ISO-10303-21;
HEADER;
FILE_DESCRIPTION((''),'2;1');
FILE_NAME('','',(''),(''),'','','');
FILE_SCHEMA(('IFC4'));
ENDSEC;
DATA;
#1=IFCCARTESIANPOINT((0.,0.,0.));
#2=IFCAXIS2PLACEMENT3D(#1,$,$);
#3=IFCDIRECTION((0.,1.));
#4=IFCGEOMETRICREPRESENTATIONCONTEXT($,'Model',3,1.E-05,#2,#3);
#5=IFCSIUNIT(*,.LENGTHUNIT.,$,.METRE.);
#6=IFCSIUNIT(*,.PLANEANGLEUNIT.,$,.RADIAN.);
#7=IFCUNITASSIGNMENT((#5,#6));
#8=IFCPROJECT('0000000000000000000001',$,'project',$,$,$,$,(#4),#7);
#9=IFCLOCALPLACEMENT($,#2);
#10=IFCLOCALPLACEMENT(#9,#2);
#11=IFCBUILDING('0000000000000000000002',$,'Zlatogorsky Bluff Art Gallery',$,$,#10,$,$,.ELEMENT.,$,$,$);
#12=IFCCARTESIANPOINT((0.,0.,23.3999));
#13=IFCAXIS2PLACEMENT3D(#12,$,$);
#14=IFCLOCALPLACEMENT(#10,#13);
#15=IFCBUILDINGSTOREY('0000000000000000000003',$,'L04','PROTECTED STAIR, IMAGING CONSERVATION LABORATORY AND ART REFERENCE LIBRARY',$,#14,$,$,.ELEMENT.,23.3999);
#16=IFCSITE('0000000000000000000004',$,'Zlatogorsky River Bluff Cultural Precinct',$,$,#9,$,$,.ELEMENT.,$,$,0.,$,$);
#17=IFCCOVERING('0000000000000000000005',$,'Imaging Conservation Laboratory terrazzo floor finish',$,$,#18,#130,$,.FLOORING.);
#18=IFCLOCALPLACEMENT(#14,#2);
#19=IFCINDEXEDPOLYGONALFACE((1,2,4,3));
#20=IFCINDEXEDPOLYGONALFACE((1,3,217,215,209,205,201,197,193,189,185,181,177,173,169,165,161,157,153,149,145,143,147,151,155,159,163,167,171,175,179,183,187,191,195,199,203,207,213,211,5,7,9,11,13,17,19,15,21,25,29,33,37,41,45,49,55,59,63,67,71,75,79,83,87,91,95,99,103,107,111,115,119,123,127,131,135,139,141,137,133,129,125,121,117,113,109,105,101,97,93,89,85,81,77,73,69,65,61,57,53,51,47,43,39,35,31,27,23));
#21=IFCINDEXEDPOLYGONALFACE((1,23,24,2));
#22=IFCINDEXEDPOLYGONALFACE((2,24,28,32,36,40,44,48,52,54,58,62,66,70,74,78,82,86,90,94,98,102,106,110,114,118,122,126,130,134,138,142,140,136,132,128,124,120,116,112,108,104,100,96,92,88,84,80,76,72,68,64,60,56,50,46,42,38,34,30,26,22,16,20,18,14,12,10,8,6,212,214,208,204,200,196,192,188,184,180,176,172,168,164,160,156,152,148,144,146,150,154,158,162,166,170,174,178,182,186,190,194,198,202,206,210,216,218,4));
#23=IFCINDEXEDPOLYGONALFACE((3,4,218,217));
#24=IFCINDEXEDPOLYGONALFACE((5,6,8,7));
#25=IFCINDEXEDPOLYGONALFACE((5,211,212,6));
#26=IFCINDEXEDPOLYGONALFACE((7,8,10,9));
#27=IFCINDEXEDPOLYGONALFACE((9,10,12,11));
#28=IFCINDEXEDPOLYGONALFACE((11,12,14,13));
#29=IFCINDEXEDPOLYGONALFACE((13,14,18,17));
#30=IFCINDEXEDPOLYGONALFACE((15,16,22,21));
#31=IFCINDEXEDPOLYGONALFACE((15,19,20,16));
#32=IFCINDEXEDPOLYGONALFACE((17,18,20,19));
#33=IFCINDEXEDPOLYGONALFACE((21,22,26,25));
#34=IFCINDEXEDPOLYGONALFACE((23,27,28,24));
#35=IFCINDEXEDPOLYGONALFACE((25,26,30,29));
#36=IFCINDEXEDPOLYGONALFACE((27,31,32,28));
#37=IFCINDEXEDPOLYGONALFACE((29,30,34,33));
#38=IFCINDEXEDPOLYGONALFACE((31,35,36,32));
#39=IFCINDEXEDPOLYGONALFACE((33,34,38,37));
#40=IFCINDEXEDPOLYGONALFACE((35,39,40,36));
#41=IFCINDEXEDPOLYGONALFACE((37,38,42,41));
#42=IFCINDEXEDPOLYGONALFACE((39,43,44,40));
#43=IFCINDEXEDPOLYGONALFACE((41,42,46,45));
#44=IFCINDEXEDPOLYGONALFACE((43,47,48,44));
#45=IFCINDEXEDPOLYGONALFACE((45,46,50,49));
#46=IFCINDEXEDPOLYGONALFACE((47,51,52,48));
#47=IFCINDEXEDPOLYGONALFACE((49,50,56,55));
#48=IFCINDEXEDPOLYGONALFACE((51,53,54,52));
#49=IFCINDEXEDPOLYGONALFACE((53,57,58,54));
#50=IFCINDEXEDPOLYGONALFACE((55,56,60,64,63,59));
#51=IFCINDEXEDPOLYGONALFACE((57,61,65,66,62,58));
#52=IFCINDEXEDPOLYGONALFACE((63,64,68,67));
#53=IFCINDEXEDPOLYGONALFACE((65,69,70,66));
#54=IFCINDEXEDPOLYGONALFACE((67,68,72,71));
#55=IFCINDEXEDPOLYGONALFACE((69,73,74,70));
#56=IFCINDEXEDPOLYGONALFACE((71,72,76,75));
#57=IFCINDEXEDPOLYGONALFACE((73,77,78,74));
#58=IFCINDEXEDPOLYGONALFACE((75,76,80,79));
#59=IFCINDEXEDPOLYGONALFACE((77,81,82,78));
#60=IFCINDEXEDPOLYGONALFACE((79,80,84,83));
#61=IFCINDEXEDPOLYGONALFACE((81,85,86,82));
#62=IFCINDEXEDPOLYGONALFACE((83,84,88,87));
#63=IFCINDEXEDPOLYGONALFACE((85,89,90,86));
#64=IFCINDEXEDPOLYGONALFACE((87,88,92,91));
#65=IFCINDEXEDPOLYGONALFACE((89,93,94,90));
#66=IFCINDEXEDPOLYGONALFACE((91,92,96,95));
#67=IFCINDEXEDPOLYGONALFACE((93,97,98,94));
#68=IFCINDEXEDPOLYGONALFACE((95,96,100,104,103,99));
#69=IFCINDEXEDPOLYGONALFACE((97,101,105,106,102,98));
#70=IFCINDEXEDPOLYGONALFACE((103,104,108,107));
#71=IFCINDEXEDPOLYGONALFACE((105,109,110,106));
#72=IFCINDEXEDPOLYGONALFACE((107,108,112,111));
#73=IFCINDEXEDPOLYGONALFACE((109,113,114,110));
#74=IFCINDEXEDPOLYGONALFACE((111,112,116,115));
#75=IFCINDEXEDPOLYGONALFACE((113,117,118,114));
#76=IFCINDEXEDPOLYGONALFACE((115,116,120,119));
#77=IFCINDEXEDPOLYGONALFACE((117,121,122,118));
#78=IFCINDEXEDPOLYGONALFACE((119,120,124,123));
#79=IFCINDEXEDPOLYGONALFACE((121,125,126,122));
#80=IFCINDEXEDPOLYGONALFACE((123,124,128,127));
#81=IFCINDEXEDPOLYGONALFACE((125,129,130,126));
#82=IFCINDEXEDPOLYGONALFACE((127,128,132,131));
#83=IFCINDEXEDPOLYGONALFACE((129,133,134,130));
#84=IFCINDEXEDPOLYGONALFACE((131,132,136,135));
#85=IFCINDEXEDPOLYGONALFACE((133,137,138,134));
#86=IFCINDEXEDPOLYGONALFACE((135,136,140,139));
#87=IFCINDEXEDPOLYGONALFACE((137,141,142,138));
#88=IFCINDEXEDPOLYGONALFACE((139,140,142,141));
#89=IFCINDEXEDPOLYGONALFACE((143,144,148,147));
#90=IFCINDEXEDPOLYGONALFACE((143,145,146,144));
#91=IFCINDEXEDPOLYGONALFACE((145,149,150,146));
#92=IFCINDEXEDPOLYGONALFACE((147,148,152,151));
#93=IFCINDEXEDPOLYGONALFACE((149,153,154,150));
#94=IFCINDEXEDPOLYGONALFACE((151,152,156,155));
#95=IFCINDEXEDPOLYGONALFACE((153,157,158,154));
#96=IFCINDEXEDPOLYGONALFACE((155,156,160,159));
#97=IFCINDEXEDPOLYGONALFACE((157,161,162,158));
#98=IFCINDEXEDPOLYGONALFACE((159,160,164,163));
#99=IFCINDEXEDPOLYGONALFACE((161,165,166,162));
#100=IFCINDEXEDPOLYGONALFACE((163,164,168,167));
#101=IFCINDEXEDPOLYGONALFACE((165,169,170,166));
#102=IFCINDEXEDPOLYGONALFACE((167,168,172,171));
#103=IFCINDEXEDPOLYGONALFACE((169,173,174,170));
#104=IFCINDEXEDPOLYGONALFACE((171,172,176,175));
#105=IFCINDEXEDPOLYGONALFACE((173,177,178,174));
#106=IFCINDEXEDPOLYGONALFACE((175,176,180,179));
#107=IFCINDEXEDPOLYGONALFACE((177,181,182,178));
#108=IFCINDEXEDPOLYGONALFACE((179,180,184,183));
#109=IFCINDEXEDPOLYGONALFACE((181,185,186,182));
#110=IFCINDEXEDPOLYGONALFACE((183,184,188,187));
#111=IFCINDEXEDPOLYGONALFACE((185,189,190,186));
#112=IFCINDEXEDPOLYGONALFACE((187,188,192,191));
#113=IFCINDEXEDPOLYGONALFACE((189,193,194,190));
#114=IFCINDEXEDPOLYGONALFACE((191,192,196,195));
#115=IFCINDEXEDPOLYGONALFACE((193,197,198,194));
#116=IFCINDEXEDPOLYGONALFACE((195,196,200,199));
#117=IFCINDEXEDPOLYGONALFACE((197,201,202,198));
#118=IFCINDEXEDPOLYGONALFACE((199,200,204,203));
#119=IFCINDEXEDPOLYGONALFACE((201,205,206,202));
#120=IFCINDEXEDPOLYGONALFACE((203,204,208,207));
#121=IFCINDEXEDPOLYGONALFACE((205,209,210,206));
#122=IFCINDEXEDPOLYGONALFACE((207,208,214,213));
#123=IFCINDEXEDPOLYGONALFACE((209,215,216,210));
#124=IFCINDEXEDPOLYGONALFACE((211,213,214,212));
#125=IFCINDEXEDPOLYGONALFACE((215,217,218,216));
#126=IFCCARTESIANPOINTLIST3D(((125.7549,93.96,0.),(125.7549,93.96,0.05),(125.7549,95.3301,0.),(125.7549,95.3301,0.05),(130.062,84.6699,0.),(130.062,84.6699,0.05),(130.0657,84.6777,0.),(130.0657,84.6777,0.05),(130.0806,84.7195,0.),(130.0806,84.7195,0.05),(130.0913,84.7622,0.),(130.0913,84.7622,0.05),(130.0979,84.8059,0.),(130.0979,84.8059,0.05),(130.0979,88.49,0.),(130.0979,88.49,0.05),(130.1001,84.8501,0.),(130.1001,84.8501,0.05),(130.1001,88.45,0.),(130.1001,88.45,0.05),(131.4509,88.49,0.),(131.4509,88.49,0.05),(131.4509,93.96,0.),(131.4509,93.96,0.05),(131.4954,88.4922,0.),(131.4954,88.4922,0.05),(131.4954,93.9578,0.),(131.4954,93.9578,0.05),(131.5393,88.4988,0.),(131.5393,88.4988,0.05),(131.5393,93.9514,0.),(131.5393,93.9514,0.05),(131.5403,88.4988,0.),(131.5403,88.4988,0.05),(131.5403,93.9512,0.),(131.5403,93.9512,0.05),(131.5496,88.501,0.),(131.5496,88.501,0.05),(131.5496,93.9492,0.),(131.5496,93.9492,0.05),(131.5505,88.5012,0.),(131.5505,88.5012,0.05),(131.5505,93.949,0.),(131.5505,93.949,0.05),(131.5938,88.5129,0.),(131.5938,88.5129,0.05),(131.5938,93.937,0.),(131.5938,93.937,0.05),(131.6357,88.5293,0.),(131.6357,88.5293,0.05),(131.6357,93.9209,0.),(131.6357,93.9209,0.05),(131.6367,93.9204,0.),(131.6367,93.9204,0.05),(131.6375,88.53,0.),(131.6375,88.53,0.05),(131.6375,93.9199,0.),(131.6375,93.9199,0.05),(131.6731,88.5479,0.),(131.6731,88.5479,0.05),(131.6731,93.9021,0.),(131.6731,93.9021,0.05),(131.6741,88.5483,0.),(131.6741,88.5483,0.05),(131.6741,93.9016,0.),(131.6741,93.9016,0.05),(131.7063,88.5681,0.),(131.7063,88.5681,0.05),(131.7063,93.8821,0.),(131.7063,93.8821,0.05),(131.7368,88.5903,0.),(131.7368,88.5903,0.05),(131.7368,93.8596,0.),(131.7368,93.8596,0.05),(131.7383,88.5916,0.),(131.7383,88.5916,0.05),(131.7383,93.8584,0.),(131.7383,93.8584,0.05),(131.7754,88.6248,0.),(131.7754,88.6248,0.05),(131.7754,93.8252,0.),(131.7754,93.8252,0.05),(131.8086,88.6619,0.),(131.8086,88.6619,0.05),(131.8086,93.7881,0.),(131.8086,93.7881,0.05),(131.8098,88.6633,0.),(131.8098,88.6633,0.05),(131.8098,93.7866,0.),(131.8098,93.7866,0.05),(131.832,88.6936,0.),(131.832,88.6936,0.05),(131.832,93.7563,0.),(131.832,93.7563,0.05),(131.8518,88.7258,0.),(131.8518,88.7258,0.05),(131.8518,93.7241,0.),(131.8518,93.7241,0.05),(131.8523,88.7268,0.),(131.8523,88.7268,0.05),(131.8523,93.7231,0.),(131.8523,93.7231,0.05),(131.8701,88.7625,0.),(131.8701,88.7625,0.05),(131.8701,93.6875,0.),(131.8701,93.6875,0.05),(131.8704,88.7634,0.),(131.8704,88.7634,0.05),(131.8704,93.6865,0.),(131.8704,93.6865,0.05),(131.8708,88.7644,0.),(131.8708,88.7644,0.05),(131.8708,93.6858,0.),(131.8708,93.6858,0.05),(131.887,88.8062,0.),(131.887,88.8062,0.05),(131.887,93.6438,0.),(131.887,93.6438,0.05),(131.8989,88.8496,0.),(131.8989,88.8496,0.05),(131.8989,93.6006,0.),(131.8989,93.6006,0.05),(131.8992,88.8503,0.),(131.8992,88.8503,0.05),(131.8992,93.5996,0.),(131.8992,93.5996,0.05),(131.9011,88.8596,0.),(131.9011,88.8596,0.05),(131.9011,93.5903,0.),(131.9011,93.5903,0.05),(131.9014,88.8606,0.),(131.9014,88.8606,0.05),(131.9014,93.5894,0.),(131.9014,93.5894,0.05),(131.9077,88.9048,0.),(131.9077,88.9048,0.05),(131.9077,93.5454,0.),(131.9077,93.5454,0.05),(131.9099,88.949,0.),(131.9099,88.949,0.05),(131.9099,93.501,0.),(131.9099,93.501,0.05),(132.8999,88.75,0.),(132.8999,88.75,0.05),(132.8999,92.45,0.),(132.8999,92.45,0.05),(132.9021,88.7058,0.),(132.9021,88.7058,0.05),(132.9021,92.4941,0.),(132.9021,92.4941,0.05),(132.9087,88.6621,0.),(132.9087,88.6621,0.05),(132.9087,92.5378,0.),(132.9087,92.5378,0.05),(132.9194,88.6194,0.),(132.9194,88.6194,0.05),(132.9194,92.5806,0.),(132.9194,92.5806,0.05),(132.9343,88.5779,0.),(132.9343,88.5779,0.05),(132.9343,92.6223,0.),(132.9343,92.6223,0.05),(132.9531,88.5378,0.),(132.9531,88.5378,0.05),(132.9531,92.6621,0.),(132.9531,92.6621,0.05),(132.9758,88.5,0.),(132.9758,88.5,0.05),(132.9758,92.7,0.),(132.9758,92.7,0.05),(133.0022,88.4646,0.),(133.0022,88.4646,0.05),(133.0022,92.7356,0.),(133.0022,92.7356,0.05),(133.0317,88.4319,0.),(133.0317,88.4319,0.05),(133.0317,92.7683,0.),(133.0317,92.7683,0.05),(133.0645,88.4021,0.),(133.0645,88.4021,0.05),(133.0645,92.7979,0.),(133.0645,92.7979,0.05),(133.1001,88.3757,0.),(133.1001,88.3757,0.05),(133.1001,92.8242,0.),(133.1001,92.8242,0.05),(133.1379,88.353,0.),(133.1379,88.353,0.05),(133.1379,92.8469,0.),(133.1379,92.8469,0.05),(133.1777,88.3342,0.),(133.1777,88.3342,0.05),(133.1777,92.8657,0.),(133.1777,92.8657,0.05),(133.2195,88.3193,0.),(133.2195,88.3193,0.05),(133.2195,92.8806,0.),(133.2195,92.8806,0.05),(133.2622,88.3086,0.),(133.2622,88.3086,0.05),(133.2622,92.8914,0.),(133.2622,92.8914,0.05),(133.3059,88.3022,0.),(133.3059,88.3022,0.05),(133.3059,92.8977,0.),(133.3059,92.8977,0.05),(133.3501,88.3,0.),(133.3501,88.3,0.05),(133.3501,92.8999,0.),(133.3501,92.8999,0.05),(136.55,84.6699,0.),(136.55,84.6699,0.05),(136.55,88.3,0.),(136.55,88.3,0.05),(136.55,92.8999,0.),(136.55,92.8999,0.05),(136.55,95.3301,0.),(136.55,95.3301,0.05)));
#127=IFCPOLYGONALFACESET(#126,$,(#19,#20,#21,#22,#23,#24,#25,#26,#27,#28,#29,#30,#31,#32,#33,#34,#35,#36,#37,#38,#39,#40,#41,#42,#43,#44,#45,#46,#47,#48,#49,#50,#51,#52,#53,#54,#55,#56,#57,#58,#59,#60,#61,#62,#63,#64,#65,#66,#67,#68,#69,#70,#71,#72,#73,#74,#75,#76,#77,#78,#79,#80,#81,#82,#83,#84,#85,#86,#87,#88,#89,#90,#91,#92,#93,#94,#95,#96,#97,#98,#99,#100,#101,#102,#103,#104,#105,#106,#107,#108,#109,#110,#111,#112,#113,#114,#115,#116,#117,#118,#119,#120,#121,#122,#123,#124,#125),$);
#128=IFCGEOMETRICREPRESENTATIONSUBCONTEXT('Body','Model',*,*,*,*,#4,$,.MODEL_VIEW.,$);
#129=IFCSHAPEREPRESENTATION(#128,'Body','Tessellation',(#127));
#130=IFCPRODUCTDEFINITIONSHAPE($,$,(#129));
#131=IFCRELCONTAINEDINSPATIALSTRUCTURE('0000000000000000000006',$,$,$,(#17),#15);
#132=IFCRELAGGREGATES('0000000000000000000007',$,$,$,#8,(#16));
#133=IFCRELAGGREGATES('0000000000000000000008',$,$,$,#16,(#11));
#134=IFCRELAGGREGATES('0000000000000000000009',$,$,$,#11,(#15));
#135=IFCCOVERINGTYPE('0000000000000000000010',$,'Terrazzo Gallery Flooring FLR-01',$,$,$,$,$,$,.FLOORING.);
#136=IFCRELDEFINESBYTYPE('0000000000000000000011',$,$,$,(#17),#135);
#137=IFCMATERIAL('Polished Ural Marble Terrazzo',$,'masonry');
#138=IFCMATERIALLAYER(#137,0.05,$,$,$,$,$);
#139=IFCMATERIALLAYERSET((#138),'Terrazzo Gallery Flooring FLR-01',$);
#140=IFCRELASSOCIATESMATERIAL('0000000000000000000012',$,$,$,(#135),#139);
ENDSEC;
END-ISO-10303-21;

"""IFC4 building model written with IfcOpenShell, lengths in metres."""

from ifc_helpers import new_model, si_unit, direction, frame, origin, place, context, subcontext, project, spatial, polyline, outline, extrude, material, layer, layer_set, type_object, element, save


model = new_model("IFC4")

# Units and contexts
model_context = context("Model", 3, precision=1e-05, world=origin(), true_north=direction((0.0, 1.0)))
body_context = subcontext(model_context, "Body", "Model", "MODEL_VIEW")
ifc_project = project(units=[si_unit("LENGTHUNIT", "METRE"), si_unit("PLANEANGLEUNIT", "RADIAN")], contexts=[model_context])

# Site, building, storey
site_placement = place(None, origin())
site = spatial("IfcSite", under=ifc_project, at=site_placement, Name="Zlatogorsky River Bluff Cultural Precinct", CompositionType="ELEMENT", RefElevation=0.0)
building_placement = place(site_placement, origin())
building = spatial("IfcBuilding", under=site, at=building_placement, Name="Zlatogorsky Bluff Art Gallery", CompositionType="ELEMENT")
storey_placement = place(building_placement, frame((0.0, 0.0, 23.3999)))
storey = spatial("IfcBuildingStorey", under=building, at=storey_placement, Name="L04", Description="PROTECTED STAIR, IMAGING CONSERVATION LABORATORY AND ART REFERENCE LIBRARY", CompositionType="ELEMENT", Elevation=23.3999)

# Covering
ifc_material_1 = material(Name="Polished Ural Marble Terrazzo", Category="masonry")
ifc_layer_1 = layer(ifc_material_1, 0.05)
ifc_layer_set_1 = layer_set([ifc_layer_1], Name="Terrazzo Gallery Flooring FLR-01")
covering_type_1 = type_object("IfcCoveringType", Name="Terrazzo Gallery Flooring FLR-01", PredefinedType="FLOORING", material=ifc_layer_set_1)
covering_1_placement = place(storey_placement, origin())
element("IfcCovering", 1, at=covering_1_placement, inside=storey, type_object=covering_type_1, Name="Imaging Conservation Laboratory terrazzo floor finish", PredefinedType="FLOORING", context=body_context, shape_type="SweptSolid", body=[
    extrude(outline(polyline([(130.0657, 84.6777), (130.0806, 84.7195), (130.0913, 84.7622), (130.0979, 84.8059), (130.1001, 84.8501), (130.1001, 88.45), (130.0979, 88.49), (131.4509, 88.49), (131.4954, 88.4922), (131.5393, 88.4988), (131.5403, 88.4988), (131.5496, 88.501), (131.5505, 88.5012), (131.5938, 88.5129), (131.6357, 88.5293), (131.6375, 88.53), (131.6731, 88.5479), (131.6741, 88.5483), (131.7063, 88.5681), (131.7368, 88.5903), (131.7383, 88.5916), (131.7754, 88.6248), (131.8086, 88.6619), (131.8098, 88.6633), (131.832, 88.6936), (131.8518, 88.7258), (131.8523, 88.7268), (131.8701, 88.7625), (131.8704, 88.7634), (131.8708, 88.7644), (131.887, 88.8062), (131.8989, 88.8496), (131.8992, 88.8503), (131.9011, 88.8596), (131.9014, 88.8606), (131.9077, 88.9048), (131.9099, 88.949), (131.9099, 93.501), (131.9077, 93.5454), (131.9014, 93.5894), (131.9011, 93.5903), (131.8992, 93.5996), (131.8989, 93.6006), (131.887, 93.6438), (131.8708, 93.6858), (131.8704, 93.6865), (131.8701, 93.6875), (131.8523, 93.7231), (131.8518, 93.7241), (131.832, 93.7563), (131.8098, 93.7866), (131.8086, 93.7881), (131.7754, 93.8252), (131.7383, 93.8584), (131.7368, 93.8596), (131.7063, 93.8821), (131.6741, 93.9016), (131.6731, 93.9021), (131.6375, 93.9199), (131.6367, 93.9204), (131.6357, 93.9209), (131.5938, 93.937), (131.5505, 93.949), (131.5496, 93.9492), (131.5403, 93.9512), (131.5393, 93.9514), (131.4954, 93.9578), (131.4509, 93.96), (125.7549, 93.96), (125.7549, 95.3301), (136.55, 95.3301), (136.55, 92.8999), (133.3501, 92.8999), (133.3059, 92.8977), (133.2622, 92.8914), (133.2195, 92.8806), (133.1777, 92.8657), (133.1379, 92.8469), (133.1001, 92.8242), (133.0645, 92.7979), (133.0317, 92.7683), (133.0022, 92.7356), (132.9758, 92.7), (132.9531, 92.6621), (132.9343, 92.6223), (132.9194, 92.5806), (132.9087, 92.5378), (132.9021, 92.4941), (132.8999, 92.45), (132.8999, 88.75), (132.9021, 88.7058), (132.9087, 88.6621), (132.9194, 88.6194), (132.9343, 88.5779), (132.9531, 88.5378), (132.9758, 88.5), (133.0022, 88.4646), (133.0317, 88.4319), (133.0645, 88.4021), (133.1001, 88.3757), (133.1379, 88.353), (133.1777, 88.3342), (133.2195, 88.3193), (133.2622, 88.3086), (133.3059, 88.3022), (133.3501, 88.3), (136.55, 88.3), (136.55, 84.6699), (130.062, 84.6699), (130.0657, 84.6777)])), origin(), (0.0, 0.0, 1.0), 0.05),
])

save(model, "model.ifc")
